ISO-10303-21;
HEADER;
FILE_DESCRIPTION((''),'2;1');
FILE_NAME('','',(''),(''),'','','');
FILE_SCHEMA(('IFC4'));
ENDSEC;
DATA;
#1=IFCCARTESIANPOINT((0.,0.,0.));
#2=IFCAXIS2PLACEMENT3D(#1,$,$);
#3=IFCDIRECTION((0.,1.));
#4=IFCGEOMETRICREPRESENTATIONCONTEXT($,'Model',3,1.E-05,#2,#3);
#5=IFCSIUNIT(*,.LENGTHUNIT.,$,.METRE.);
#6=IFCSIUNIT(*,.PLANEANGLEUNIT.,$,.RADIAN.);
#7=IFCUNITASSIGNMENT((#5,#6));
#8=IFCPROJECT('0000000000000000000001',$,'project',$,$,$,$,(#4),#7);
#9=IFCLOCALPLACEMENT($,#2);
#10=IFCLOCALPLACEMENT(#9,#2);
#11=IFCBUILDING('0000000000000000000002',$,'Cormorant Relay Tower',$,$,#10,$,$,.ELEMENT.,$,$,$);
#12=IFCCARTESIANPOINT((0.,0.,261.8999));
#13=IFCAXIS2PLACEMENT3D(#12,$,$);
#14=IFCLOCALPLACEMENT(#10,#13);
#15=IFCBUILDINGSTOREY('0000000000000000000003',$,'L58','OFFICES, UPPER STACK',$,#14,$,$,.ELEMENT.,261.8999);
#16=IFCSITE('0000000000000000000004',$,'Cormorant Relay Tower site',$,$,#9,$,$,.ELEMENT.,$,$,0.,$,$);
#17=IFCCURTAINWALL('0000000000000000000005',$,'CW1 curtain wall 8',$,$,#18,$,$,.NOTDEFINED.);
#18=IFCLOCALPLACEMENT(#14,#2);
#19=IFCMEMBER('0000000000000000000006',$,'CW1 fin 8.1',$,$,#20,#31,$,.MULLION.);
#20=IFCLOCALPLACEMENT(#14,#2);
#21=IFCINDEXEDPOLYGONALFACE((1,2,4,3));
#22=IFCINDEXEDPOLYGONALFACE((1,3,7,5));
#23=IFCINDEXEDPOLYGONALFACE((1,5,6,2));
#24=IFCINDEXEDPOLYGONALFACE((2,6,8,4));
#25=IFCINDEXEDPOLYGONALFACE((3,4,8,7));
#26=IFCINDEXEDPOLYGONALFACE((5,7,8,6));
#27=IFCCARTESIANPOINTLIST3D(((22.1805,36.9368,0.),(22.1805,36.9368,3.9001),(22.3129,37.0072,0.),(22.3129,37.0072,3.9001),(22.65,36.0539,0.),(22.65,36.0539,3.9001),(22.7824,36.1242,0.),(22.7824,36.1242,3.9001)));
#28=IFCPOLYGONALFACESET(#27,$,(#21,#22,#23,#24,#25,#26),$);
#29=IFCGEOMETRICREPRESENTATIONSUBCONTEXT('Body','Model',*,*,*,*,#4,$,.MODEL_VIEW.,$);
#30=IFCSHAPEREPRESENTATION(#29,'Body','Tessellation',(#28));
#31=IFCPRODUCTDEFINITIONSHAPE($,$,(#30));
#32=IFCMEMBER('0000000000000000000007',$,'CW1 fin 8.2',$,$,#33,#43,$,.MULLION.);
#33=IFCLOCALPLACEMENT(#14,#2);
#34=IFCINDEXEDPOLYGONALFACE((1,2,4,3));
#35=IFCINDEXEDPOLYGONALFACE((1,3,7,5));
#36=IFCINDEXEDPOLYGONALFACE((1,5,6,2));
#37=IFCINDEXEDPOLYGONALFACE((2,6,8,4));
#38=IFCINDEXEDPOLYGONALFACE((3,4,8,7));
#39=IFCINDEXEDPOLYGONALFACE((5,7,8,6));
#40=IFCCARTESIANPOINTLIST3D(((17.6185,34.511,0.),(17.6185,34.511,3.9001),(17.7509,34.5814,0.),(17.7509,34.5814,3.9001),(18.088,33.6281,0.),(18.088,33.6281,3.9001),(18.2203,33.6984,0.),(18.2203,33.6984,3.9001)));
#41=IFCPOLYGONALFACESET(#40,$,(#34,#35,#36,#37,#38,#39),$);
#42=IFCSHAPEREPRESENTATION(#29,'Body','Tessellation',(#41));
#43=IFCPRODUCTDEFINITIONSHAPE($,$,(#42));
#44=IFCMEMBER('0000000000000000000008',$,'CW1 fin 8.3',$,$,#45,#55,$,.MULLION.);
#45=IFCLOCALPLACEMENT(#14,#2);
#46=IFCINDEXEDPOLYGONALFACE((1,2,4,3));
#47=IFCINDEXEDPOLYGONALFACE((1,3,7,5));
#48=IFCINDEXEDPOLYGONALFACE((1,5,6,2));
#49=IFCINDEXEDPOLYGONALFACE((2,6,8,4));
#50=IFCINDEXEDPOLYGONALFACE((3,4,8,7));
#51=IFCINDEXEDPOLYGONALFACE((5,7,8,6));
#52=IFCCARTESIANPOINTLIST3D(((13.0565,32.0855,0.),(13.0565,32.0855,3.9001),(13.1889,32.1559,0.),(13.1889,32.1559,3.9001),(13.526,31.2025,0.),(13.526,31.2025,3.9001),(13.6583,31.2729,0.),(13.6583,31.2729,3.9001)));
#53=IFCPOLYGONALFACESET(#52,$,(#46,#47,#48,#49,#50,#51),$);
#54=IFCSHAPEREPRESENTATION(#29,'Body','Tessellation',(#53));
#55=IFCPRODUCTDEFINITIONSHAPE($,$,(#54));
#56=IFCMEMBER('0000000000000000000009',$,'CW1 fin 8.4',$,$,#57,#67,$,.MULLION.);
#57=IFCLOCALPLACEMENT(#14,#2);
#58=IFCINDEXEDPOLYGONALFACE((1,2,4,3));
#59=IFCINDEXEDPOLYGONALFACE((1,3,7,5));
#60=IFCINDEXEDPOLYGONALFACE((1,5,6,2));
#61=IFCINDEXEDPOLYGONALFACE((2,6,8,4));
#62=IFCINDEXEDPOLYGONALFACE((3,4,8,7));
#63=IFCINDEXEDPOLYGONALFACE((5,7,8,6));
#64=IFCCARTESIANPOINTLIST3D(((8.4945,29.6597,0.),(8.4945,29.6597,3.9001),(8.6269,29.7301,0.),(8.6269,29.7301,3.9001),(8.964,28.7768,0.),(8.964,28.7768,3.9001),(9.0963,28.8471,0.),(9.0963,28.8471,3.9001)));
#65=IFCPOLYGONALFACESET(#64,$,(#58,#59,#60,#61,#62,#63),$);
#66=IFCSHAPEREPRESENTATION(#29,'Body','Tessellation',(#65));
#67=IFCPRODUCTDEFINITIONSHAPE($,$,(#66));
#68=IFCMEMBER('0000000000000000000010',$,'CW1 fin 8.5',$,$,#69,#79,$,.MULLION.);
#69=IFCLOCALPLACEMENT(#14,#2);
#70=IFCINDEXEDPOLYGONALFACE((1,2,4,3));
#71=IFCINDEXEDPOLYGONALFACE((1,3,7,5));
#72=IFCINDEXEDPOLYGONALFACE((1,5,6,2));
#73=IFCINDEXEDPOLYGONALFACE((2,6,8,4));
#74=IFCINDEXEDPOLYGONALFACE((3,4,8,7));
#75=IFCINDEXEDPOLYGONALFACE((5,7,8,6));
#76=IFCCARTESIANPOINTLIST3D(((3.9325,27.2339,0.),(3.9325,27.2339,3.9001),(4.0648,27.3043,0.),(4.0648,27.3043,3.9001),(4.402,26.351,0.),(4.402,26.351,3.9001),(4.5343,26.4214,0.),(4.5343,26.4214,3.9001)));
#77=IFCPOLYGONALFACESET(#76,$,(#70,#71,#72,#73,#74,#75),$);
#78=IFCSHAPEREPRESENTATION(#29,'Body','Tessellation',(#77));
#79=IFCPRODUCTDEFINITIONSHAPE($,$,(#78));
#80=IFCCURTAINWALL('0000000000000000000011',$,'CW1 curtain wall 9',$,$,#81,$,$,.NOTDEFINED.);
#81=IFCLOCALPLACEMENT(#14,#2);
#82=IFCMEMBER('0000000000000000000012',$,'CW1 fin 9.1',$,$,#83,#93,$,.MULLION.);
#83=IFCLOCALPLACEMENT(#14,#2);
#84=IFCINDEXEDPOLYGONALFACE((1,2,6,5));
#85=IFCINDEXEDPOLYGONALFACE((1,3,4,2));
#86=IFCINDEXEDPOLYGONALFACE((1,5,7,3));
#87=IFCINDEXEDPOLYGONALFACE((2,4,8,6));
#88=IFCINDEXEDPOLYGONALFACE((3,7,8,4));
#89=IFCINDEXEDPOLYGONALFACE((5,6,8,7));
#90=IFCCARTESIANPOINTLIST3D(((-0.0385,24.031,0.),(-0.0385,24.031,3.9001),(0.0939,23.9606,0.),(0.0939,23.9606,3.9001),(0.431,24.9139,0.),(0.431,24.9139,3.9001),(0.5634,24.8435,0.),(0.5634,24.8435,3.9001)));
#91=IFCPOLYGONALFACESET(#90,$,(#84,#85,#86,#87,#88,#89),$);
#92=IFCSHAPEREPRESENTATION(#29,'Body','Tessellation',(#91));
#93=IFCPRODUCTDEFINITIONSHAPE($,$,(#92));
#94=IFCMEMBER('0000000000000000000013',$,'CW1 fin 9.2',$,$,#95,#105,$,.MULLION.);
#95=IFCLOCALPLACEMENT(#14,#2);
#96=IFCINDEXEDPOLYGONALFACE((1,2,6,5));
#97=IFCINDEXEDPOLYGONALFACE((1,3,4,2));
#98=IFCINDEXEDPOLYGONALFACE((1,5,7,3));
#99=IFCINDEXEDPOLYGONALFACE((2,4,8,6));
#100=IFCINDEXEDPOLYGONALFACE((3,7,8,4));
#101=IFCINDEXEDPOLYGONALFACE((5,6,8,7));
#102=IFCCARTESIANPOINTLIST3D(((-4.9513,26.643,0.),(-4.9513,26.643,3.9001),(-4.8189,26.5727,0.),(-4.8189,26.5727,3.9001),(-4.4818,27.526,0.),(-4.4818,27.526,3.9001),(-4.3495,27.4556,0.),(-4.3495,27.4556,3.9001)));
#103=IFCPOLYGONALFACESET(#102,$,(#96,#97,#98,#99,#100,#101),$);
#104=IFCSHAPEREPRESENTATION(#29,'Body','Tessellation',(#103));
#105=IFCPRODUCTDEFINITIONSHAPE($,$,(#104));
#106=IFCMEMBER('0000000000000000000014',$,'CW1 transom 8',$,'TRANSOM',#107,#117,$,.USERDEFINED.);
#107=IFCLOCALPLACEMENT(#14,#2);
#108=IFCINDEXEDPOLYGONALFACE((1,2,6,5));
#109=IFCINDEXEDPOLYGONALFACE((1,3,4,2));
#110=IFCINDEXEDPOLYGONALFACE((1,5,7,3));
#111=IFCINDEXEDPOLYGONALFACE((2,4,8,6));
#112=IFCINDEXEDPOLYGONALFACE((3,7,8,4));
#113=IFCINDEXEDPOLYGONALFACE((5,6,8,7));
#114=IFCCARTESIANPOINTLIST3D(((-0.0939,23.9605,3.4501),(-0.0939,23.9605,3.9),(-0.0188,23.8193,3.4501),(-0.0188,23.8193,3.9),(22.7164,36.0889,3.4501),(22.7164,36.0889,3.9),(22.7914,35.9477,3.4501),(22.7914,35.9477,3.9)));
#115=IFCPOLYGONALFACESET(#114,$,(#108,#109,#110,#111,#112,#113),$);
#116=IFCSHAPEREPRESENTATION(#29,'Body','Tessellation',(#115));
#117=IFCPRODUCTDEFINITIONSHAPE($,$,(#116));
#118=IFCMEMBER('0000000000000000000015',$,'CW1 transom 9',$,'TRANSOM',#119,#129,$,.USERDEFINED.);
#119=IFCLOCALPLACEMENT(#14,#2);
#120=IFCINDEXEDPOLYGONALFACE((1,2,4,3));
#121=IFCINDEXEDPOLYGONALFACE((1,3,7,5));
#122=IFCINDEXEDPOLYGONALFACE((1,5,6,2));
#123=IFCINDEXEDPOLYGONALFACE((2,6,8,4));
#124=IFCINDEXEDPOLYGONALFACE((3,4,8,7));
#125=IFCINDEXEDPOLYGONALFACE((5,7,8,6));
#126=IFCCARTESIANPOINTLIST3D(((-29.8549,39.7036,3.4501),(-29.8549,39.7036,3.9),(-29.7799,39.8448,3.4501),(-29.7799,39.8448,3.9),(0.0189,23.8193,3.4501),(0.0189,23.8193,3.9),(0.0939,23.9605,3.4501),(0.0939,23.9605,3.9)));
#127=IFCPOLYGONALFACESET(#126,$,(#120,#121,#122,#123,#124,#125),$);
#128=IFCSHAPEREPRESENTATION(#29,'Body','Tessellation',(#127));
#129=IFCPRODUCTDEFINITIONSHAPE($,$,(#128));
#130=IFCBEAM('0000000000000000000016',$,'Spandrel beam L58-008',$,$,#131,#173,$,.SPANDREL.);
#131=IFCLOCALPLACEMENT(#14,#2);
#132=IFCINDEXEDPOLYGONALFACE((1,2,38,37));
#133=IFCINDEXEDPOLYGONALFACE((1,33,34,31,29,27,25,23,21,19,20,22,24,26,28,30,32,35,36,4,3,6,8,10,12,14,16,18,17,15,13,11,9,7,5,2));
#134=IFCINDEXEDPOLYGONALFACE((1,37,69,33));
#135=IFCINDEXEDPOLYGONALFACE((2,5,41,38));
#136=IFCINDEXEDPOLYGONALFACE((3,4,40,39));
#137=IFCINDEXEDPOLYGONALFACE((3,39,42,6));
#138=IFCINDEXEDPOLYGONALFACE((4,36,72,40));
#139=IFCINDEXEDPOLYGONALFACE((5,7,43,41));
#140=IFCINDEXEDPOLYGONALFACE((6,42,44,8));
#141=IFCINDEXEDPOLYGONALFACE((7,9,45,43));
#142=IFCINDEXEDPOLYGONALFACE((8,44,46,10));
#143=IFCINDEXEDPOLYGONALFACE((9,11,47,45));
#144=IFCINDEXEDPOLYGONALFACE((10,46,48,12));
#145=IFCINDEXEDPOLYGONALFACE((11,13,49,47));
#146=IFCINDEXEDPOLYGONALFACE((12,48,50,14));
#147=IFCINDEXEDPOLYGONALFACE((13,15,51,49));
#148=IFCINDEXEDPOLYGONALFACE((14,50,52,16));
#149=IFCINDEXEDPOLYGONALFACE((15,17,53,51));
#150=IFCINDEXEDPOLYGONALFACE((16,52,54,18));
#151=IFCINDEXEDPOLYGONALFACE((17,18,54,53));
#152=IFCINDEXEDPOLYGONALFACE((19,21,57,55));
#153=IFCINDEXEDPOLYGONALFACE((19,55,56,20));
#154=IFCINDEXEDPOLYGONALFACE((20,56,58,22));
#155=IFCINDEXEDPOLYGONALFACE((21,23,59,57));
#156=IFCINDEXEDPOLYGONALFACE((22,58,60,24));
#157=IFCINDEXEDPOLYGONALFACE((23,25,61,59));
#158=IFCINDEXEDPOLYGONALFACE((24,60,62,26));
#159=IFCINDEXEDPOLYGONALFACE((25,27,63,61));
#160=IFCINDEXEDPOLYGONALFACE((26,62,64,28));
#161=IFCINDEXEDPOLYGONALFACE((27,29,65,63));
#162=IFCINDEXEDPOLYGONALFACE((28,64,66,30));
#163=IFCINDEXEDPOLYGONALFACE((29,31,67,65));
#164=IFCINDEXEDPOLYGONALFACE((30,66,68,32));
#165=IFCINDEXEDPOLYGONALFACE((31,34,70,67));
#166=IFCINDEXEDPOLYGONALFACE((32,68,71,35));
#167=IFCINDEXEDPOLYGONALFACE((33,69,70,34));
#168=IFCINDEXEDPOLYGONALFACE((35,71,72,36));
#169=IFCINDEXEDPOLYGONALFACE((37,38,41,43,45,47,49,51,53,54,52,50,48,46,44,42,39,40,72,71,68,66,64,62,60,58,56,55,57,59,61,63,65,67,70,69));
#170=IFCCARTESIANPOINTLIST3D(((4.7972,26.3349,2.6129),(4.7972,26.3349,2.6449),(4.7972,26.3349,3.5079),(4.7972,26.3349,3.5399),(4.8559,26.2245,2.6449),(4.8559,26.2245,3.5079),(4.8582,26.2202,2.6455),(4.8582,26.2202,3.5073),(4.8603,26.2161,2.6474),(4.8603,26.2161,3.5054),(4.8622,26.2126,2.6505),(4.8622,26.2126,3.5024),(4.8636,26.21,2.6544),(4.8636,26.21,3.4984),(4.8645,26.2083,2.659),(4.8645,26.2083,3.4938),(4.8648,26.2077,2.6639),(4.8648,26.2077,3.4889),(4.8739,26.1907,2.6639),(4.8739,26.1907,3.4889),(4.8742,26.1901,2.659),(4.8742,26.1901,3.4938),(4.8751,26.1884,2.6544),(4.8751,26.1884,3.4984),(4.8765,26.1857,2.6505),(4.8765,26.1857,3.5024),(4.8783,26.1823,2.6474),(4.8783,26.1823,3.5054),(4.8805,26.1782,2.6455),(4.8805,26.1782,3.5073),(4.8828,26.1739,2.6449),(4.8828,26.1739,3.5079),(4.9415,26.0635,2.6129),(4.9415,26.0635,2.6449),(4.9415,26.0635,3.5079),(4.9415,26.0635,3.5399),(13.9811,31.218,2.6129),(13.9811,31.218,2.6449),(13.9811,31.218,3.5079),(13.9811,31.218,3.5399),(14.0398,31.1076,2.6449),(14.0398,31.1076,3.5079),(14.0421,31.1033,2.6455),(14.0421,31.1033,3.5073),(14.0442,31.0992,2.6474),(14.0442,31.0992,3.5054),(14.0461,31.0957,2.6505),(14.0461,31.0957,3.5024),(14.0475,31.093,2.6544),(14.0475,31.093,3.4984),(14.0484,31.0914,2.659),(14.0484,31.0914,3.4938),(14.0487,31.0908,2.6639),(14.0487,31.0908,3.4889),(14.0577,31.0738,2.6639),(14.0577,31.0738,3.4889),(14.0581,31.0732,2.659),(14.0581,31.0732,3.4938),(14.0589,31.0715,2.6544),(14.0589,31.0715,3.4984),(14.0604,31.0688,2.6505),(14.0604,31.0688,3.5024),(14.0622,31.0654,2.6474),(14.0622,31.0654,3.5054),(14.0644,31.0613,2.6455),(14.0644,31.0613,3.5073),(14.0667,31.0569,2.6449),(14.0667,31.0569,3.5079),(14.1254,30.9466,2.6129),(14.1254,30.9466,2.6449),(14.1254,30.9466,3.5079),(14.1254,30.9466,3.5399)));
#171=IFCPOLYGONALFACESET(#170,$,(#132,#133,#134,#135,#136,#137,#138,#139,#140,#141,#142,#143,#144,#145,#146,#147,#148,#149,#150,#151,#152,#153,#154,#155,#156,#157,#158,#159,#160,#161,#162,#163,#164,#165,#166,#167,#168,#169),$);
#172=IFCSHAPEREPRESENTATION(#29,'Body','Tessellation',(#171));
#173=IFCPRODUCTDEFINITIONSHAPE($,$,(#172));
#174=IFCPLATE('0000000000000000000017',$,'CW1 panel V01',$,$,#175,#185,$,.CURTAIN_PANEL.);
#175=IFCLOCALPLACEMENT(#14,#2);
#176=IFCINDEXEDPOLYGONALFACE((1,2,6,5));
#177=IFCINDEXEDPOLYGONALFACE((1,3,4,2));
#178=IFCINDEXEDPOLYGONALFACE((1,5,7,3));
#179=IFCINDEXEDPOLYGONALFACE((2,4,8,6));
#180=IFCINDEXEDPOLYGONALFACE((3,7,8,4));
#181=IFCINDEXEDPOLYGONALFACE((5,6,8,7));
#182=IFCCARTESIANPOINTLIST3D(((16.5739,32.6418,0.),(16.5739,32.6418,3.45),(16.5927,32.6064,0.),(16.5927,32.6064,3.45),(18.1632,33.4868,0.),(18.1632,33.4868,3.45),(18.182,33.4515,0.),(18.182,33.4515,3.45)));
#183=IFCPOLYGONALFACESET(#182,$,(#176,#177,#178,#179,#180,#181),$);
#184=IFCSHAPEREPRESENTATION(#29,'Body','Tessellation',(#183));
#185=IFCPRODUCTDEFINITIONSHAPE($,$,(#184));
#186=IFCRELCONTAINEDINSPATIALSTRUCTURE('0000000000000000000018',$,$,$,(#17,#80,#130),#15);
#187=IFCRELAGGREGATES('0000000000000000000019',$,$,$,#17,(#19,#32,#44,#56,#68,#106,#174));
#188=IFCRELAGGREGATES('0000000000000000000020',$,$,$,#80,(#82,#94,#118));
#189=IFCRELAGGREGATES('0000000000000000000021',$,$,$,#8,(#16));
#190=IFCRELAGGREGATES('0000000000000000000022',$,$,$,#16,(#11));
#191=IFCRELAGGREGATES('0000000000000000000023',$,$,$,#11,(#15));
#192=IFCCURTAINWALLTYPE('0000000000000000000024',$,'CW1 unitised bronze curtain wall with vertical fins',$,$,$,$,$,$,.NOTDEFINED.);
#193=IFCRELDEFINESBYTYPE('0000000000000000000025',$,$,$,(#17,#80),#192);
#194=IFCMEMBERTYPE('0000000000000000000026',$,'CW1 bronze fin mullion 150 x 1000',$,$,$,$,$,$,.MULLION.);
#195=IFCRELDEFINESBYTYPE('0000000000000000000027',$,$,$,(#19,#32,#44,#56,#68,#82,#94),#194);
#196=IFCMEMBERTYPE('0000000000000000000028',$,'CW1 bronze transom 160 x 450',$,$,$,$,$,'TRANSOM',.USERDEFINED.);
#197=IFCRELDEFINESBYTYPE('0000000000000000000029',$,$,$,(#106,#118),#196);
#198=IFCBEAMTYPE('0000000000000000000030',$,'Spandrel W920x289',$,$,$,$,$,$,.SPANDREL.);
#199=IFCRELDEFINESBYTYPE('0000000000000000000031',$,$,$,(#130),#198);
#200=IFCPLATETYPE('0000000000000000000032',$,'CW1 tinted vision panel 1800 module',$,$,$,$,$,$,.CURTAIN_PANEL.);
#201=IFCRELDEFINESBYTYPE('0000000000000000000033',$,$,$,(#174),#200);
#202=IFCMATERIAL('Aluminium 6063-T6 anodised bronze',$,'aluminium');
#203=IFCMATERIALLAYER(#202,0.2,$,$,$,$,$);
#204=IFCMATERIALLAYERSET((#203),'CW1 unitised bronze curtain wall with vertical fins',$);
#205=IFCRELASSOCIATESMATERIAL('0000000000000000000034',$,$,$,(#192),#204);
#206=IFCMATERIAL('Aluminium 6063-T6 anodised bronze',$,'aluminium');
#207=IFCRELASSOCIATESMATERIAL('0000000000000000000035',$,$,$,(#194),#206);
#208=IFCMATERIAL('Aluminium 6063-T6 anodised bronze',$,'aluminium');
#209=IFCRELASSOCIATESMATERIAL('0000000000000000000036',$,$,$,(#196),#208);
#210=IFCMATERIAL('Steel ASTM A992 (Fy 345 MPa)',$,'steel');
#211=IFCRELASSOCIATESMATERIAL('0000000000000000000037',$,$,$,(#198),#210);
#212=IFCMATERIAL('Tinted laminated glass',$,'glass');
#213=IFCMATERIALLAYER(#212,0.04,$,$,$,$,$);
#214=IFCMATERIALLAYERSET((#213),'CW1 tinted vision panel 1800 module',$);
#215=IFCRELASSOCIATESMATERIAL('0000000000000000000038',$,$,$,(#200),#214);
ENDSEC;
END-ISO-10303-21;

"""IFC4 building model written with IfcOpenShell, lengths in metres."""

from ifc_helpers import new_model, si_unit, direction, frame, origin, origin_2d, place, context, subcontext, project, spatial, rectangle, i_section, extrude, material, layer, layer_set, material_profile, profile_set, type_object, element, aggregate, save


model = new_model("IFC4")

# Units and contexts
model_context = context("Model", 3, precision=1e-05, world=origin(), true_north=direction((0.0, 1.0)))
body_context = subcontext(model_context, "Body", "Model", "MODEL_VIEW")
ifc_project = project(units=[si_unit("LENGTHUNIT", "METRE"), si_unit("PLANEANGLEUNIT", "RADIAN")], contexts=[model_context])

# Site, building, storey
site_placement = place(None, origin())
site = spatial("IfcSite", under=ifc_project, at=site_placement, Name="Cormorant Relay Tower site", CompositionType="ELEMENT", RefElevation=0.0)
building_placement = place(site_placement, origin())
building = spatial("IfcBuilding", under=site, at=building_placement, Name="Cormorant Relay Tower", CompositionType="ELEMENT")
storey_placement = place(building_placement, frame((0.0, 0.0, 261.8999)))
storey = spatial("IfcBuildingStorey", under=building, at=storey_placement, Name="L58", Description="OFFICES, UPPER STACK", CompositionType="ELEMENT", Elevation=261.8999)

# Curtain walls, members
ifc_material_1 = material(Name="Aluminium 6063-T6 anodised bronze", Category="aluminium")
ifc_layer_1 = layer(ifc_material_1, 0.2)
ifc_layer_set_1 = layer_set([ifc_layer_1], Name="CW1 unitised bronze curtain wall with vertical fins")
curtain_wall_type = type_object("IfcCurtainWallType", Name="CW1 unitised bronze curtain wall with vertical fins", PredefinedType="NOTDEFINED", material=ifc_layer_set_1)
curtain_wall_1_placement = place(storey_placement, origin())
curtain_wall_1 = element("IfcCurtainWall", 1, at=curtain_wall_1_placement, inside=storey, type_object=curtain_wall_type, Name="CW1 curtain wall 8", PredefinedType="NOTDEFINED")
ifc_material_2 = material(Name="Aluminium 6063-T6 anodised bronze", Category="aluminium")
ifc_material_profile_1 = material_profile(ifc_material_2, rectangle(XDim=0.1499, YDim=1.0, at=origin_2d()), Name="AL 150x1000")
ifc_profile_set_1 = profile_set([ifc_material_profile_1], Name="Aluminium 6063-T6 anodised bronze")
member_type_1 = type_object("IfcMemberType", Name="CW1 bronze fin mullion 150 x 1000", PredefinedType="MULLION", material=ifc_profile_set_1)
member_1_placement = place(storey_placement, frame((22.4814, 36.5305, 0.0), z_axis=(0.0, 0.0, 1.0), x_axis=(-0.882948, -0.469472, 0.0)))
member_1 = element("IfcMember", 2, at=member_1_placement, type_object=member_type_1, Name="CW1 fin 8.1", PredefinedType="MULLION", context=body_context, shape_type="SweptSolid", body=[
    extrude(rectangle(XDim=0.1499, YDim=1.0, at=origin_2d()), origin(), (0.0, 0.0, 1.0), 3.9001),
])
member_2_placement = place(storey_placement, frame((17.9194, 34.1047, 0.0), z_axis=(0.0, 0.0, 1.0), x_axis=(-0.882948, -0.469472, 0.0)))
member_2 = element("IfcMember", 3, at=member_2_placement, type_object=member_type_1, Name="CW1 fin 8.2", PredefinedType="MULLION", context=body_context, shape_type="SweptSolid", body=[
    extrude(rectangle(XDim=0.1499, YDim=1.0, at=origin_2d()), origin(), (0.0, 0.0, 1.0), 3.9001),
])
member_3_placement = place(storey_placement, frame((13.3574, 31.6792, 0.0), z_axis=(0.0, 0.0, 1.0), x_axis=(-0.882948, -0.469472, 0.0)))
member_3 = element("IfcMember", 4, at=member_3_placement, type_object=member_type_1, Name="CW1 fin 8.3", PredefinedType="MULLION", context=body_context, shape_type="SweptSolid", body=[
    extrude(rectangle(XDim=0.1499, YDim=1.0, at=origin_2d()), origin(), (0.0, 0.0, 1.0), 3.9001),
])
member_4_placement = place(storey_placement, frame((8.7954, 29.2534, 0.0), z_axis=(0.0, 0.0, 1.0), x_axis=(-0.882948, -0.469472, 0.0)))
member_4 = element("IfcMember", 5, at=member_4_placement, type_object=member_type_1, Name="CW1 fin 8.4", PredefinedType="MULLION", context=body_context, shape_type="SweptSolid", body=[
    extrude(rectangle(XDim=0.1499, YDim=1.0, at=origin_2d()), origin(), (0.0, 0.0, 1.0), 3.9001),
])
member_5_placement = place(storey_placement, frame((4.2334, 26.8276, 0.0), z_axis=(0.0, 0.0, 1.0), x_axis=(-0.882948, -0.469472, 0.0)))
member_5 = element("IfcMember", 6, at=member_5_placement, type_object=member_type_1, Name="CW1 fin 8.5", PredefinedType="MULLION", context=body_context, shape_type="SweptSolid", body=[
    extrude(rectangle(XDim=0.1499, YDim=1.0, at=origin_2d()), origin(), (0.0, 0.0, 1.0), 3.9001),
])
curtain_wall_2_placement = place(storey_placement, origin())
curtain_wall_2 = element("IfcCurtainWall", 7, at=curtain_wall_2_placement, inside=storey, type_object=curtain_wall_type, Name="CW1 curtain wall 9", PredefinedType="NOTDEFINED")
member_6_placement = place(storey_placement, frame((0.2625, 24.4373, 0.0), z_axis=(0.0, 0.0, 1.0), x_axis=(-0.882948, 0.469472, 0.0)))
member_6 = element("IfcMember", 8, at=member_6_placement, type_object=member_type_1, Name="CW1 fin 9.1", PredefinedType="MULLION", context=body_context, shape_type="SweptSolid", body=[
    extrude(rectangle(XDim=0.1499, YDim=1.0, at=origin_2d()), origin(), (0.0, 0.0, 1.0), 3.9001),
])
member_7_placement = place(storey_placement, frame((-4.6504, 27.0493, 0.0), z_axis=(0.0, 0.0, 1.0), x_axis=(-0.882948, 0.469472, 0.0)))
member_7 = element("IfcMember", 9, at=member_7_placement, type_object=member_type_1, Name="CW1 fin 9.2", PredefinedType="MULLION", context=body_context, shape_type="SweptSolid", body=[
    extrude(rectangle(XDim=0.1499, YDim=1.0, at=origin_2d()), origin(), (0.0, 0.0, 1.0), 3.9001),
])

# Members
ifc_material_3 = material(Name="Aluminium 6063-T6 anodised bronze", Category="aluminium")
ifc_material_profile_2 = material_profile(ifc_material_3, rectangle(XDim=0.1599, YDim=0.45, at=origin_2d()), Name="AL 160x450")
ifc_profile_set_2 = profile_set([ifc_material_profile_2], Name="Aluminium 6063-T6 anodised bronze")
member_type_2 = type_object("IfcMemberType", Name="CW1 bronze transom 160 x 450", ElementType="TRANSOM", PredefinedType="USERDEFINED", material=ifc_profile_set_2)
member_8_placement = place(storey_placement, frame((22.7539, 36.0183, 3.675), z_axis=(-0.882948, -0.469471, 0.0), x_axis=(0.469471, -0.882948, 0.0)))
member_8 = element("IfcMember", 10, at=member_8_placement, type_object=member_type_2, Name="CW1 transom 8", ObjectType="TRANSOM", PredefinedType="USERDEFINED", context=body_context, shape_type="SweptSolid", body=[
    extrude(rectangle(XDim=0.1599, YDim=0.45, at=origin_2d()), origin(), (0.0, 0.0, 1.0), 25.8342),
])
member_9_placement = place(storey_placement, frame((0.0564, 23.8899, 3.675), z_axis=(-0.882946, 0.469474, 0.0), x_axis=(-0.469474, -0.882946, 0.0)))
member_9 = element("IfcMember", 11, at=member_9_placement, type_object=member_type_2, Name="CW1 transom 9", ObjectType="TRANSOM", PredefinedType="USERDEFINED", context=body_context, shape_type="SweptSolid", body=[
    extrude(rectangle(XDim=0.1599, YDim=0.45, at=origin_2d()), origin(), (0.0, 0.0, 1.0), 33.8342),
])

# Beam
ifc_material_4 = material(Name="Steel ASTM A992 (Fy 345 MPa)", Category="steel")
ifc_material_profile_3 = material_profile(ifc_material_4, i_section(OverallWidth=0.3074, OverallDepth=0.927, WebThickness=0.0193, FlangeThickness=0.032, FilletRadius=0.019, at=origin_2d()), Name="W920x289")
ifc_profile_set_3 = profile_set([ifc_material_profile_3], Name="Steel ASTM A992 (Fy 345 MPa)")
beam_type = type_object("IfcBeamType", Name="Spandrel W920x289", PredefinedType="SPANDREL", material=ifc_profile_set_3)
beam_placement = place(storey_placement, frame((14.0532, 31.0823, 3.0764), z_axis=(-0.882951, -0.469466, 0.0), x_axis=(0.469466, -0.882951, 0.0)))
element("IfcBeam", 12, at=beam_placement, inside=storey, type_object=beam_type, Name="Spandrel beam L58-008", PredefinedType="SPANDREL", context=body_context, shape_type="SweptSolid", body=[
    extrude(i_section(OverallWidth=0.3074, OverallDepth=0.927, WebThickness=0.0193, FlangeThickness=0.032, FilletRadius=0.019, at=origin_2d()), origin(), (0.0, 0.0, 1.0), 10.4014),
])

# Plate
ifc_material_5 = material(Name="Tinted laminated glass", Category="glass")
ifc_layer_2 = layer(ifc_material_5, 0.04)
ifc_layer_set_2 = layer_set([ifc_layer_2], Name="CW1 tinted vision panel 1800 module")
plate_type_1 = type_object("IfcPlateType", Name="CW1 tinted vision panel 1800 module", PredefinedType="CURTAIN_PANEL", material=ifc_layer_set_2)
plate_1_placement = place(storey_placement, frame((17.3779, 33.0466, 0.0), z_axis=(0.0, 0.0, 1.0), x_axis=(-0.882948, -0.469472, 0.0)))
plate_1 = element("IfcPlate", 13, at=plate_1_placement, type_object=plate_type_1, Name="CW1 panel V01", PredefinedType="CURTAIN_PANEL", context=body_context, shape_type="SweptSolid", body=[
    extrude(rectangle(XDim=1.8, YDim=0.04, at=origin_2d()), origin(), (0.0, 0.0, 1.0), 3.45),
])

aggregate(curtain_wall_1, [member_1, member_2, member_3, member_4, member_5, member_8, plate_1])
aggregate(curtain_wall_2, [member_6, member_7, member_9])

save(model, "model.ifc")
